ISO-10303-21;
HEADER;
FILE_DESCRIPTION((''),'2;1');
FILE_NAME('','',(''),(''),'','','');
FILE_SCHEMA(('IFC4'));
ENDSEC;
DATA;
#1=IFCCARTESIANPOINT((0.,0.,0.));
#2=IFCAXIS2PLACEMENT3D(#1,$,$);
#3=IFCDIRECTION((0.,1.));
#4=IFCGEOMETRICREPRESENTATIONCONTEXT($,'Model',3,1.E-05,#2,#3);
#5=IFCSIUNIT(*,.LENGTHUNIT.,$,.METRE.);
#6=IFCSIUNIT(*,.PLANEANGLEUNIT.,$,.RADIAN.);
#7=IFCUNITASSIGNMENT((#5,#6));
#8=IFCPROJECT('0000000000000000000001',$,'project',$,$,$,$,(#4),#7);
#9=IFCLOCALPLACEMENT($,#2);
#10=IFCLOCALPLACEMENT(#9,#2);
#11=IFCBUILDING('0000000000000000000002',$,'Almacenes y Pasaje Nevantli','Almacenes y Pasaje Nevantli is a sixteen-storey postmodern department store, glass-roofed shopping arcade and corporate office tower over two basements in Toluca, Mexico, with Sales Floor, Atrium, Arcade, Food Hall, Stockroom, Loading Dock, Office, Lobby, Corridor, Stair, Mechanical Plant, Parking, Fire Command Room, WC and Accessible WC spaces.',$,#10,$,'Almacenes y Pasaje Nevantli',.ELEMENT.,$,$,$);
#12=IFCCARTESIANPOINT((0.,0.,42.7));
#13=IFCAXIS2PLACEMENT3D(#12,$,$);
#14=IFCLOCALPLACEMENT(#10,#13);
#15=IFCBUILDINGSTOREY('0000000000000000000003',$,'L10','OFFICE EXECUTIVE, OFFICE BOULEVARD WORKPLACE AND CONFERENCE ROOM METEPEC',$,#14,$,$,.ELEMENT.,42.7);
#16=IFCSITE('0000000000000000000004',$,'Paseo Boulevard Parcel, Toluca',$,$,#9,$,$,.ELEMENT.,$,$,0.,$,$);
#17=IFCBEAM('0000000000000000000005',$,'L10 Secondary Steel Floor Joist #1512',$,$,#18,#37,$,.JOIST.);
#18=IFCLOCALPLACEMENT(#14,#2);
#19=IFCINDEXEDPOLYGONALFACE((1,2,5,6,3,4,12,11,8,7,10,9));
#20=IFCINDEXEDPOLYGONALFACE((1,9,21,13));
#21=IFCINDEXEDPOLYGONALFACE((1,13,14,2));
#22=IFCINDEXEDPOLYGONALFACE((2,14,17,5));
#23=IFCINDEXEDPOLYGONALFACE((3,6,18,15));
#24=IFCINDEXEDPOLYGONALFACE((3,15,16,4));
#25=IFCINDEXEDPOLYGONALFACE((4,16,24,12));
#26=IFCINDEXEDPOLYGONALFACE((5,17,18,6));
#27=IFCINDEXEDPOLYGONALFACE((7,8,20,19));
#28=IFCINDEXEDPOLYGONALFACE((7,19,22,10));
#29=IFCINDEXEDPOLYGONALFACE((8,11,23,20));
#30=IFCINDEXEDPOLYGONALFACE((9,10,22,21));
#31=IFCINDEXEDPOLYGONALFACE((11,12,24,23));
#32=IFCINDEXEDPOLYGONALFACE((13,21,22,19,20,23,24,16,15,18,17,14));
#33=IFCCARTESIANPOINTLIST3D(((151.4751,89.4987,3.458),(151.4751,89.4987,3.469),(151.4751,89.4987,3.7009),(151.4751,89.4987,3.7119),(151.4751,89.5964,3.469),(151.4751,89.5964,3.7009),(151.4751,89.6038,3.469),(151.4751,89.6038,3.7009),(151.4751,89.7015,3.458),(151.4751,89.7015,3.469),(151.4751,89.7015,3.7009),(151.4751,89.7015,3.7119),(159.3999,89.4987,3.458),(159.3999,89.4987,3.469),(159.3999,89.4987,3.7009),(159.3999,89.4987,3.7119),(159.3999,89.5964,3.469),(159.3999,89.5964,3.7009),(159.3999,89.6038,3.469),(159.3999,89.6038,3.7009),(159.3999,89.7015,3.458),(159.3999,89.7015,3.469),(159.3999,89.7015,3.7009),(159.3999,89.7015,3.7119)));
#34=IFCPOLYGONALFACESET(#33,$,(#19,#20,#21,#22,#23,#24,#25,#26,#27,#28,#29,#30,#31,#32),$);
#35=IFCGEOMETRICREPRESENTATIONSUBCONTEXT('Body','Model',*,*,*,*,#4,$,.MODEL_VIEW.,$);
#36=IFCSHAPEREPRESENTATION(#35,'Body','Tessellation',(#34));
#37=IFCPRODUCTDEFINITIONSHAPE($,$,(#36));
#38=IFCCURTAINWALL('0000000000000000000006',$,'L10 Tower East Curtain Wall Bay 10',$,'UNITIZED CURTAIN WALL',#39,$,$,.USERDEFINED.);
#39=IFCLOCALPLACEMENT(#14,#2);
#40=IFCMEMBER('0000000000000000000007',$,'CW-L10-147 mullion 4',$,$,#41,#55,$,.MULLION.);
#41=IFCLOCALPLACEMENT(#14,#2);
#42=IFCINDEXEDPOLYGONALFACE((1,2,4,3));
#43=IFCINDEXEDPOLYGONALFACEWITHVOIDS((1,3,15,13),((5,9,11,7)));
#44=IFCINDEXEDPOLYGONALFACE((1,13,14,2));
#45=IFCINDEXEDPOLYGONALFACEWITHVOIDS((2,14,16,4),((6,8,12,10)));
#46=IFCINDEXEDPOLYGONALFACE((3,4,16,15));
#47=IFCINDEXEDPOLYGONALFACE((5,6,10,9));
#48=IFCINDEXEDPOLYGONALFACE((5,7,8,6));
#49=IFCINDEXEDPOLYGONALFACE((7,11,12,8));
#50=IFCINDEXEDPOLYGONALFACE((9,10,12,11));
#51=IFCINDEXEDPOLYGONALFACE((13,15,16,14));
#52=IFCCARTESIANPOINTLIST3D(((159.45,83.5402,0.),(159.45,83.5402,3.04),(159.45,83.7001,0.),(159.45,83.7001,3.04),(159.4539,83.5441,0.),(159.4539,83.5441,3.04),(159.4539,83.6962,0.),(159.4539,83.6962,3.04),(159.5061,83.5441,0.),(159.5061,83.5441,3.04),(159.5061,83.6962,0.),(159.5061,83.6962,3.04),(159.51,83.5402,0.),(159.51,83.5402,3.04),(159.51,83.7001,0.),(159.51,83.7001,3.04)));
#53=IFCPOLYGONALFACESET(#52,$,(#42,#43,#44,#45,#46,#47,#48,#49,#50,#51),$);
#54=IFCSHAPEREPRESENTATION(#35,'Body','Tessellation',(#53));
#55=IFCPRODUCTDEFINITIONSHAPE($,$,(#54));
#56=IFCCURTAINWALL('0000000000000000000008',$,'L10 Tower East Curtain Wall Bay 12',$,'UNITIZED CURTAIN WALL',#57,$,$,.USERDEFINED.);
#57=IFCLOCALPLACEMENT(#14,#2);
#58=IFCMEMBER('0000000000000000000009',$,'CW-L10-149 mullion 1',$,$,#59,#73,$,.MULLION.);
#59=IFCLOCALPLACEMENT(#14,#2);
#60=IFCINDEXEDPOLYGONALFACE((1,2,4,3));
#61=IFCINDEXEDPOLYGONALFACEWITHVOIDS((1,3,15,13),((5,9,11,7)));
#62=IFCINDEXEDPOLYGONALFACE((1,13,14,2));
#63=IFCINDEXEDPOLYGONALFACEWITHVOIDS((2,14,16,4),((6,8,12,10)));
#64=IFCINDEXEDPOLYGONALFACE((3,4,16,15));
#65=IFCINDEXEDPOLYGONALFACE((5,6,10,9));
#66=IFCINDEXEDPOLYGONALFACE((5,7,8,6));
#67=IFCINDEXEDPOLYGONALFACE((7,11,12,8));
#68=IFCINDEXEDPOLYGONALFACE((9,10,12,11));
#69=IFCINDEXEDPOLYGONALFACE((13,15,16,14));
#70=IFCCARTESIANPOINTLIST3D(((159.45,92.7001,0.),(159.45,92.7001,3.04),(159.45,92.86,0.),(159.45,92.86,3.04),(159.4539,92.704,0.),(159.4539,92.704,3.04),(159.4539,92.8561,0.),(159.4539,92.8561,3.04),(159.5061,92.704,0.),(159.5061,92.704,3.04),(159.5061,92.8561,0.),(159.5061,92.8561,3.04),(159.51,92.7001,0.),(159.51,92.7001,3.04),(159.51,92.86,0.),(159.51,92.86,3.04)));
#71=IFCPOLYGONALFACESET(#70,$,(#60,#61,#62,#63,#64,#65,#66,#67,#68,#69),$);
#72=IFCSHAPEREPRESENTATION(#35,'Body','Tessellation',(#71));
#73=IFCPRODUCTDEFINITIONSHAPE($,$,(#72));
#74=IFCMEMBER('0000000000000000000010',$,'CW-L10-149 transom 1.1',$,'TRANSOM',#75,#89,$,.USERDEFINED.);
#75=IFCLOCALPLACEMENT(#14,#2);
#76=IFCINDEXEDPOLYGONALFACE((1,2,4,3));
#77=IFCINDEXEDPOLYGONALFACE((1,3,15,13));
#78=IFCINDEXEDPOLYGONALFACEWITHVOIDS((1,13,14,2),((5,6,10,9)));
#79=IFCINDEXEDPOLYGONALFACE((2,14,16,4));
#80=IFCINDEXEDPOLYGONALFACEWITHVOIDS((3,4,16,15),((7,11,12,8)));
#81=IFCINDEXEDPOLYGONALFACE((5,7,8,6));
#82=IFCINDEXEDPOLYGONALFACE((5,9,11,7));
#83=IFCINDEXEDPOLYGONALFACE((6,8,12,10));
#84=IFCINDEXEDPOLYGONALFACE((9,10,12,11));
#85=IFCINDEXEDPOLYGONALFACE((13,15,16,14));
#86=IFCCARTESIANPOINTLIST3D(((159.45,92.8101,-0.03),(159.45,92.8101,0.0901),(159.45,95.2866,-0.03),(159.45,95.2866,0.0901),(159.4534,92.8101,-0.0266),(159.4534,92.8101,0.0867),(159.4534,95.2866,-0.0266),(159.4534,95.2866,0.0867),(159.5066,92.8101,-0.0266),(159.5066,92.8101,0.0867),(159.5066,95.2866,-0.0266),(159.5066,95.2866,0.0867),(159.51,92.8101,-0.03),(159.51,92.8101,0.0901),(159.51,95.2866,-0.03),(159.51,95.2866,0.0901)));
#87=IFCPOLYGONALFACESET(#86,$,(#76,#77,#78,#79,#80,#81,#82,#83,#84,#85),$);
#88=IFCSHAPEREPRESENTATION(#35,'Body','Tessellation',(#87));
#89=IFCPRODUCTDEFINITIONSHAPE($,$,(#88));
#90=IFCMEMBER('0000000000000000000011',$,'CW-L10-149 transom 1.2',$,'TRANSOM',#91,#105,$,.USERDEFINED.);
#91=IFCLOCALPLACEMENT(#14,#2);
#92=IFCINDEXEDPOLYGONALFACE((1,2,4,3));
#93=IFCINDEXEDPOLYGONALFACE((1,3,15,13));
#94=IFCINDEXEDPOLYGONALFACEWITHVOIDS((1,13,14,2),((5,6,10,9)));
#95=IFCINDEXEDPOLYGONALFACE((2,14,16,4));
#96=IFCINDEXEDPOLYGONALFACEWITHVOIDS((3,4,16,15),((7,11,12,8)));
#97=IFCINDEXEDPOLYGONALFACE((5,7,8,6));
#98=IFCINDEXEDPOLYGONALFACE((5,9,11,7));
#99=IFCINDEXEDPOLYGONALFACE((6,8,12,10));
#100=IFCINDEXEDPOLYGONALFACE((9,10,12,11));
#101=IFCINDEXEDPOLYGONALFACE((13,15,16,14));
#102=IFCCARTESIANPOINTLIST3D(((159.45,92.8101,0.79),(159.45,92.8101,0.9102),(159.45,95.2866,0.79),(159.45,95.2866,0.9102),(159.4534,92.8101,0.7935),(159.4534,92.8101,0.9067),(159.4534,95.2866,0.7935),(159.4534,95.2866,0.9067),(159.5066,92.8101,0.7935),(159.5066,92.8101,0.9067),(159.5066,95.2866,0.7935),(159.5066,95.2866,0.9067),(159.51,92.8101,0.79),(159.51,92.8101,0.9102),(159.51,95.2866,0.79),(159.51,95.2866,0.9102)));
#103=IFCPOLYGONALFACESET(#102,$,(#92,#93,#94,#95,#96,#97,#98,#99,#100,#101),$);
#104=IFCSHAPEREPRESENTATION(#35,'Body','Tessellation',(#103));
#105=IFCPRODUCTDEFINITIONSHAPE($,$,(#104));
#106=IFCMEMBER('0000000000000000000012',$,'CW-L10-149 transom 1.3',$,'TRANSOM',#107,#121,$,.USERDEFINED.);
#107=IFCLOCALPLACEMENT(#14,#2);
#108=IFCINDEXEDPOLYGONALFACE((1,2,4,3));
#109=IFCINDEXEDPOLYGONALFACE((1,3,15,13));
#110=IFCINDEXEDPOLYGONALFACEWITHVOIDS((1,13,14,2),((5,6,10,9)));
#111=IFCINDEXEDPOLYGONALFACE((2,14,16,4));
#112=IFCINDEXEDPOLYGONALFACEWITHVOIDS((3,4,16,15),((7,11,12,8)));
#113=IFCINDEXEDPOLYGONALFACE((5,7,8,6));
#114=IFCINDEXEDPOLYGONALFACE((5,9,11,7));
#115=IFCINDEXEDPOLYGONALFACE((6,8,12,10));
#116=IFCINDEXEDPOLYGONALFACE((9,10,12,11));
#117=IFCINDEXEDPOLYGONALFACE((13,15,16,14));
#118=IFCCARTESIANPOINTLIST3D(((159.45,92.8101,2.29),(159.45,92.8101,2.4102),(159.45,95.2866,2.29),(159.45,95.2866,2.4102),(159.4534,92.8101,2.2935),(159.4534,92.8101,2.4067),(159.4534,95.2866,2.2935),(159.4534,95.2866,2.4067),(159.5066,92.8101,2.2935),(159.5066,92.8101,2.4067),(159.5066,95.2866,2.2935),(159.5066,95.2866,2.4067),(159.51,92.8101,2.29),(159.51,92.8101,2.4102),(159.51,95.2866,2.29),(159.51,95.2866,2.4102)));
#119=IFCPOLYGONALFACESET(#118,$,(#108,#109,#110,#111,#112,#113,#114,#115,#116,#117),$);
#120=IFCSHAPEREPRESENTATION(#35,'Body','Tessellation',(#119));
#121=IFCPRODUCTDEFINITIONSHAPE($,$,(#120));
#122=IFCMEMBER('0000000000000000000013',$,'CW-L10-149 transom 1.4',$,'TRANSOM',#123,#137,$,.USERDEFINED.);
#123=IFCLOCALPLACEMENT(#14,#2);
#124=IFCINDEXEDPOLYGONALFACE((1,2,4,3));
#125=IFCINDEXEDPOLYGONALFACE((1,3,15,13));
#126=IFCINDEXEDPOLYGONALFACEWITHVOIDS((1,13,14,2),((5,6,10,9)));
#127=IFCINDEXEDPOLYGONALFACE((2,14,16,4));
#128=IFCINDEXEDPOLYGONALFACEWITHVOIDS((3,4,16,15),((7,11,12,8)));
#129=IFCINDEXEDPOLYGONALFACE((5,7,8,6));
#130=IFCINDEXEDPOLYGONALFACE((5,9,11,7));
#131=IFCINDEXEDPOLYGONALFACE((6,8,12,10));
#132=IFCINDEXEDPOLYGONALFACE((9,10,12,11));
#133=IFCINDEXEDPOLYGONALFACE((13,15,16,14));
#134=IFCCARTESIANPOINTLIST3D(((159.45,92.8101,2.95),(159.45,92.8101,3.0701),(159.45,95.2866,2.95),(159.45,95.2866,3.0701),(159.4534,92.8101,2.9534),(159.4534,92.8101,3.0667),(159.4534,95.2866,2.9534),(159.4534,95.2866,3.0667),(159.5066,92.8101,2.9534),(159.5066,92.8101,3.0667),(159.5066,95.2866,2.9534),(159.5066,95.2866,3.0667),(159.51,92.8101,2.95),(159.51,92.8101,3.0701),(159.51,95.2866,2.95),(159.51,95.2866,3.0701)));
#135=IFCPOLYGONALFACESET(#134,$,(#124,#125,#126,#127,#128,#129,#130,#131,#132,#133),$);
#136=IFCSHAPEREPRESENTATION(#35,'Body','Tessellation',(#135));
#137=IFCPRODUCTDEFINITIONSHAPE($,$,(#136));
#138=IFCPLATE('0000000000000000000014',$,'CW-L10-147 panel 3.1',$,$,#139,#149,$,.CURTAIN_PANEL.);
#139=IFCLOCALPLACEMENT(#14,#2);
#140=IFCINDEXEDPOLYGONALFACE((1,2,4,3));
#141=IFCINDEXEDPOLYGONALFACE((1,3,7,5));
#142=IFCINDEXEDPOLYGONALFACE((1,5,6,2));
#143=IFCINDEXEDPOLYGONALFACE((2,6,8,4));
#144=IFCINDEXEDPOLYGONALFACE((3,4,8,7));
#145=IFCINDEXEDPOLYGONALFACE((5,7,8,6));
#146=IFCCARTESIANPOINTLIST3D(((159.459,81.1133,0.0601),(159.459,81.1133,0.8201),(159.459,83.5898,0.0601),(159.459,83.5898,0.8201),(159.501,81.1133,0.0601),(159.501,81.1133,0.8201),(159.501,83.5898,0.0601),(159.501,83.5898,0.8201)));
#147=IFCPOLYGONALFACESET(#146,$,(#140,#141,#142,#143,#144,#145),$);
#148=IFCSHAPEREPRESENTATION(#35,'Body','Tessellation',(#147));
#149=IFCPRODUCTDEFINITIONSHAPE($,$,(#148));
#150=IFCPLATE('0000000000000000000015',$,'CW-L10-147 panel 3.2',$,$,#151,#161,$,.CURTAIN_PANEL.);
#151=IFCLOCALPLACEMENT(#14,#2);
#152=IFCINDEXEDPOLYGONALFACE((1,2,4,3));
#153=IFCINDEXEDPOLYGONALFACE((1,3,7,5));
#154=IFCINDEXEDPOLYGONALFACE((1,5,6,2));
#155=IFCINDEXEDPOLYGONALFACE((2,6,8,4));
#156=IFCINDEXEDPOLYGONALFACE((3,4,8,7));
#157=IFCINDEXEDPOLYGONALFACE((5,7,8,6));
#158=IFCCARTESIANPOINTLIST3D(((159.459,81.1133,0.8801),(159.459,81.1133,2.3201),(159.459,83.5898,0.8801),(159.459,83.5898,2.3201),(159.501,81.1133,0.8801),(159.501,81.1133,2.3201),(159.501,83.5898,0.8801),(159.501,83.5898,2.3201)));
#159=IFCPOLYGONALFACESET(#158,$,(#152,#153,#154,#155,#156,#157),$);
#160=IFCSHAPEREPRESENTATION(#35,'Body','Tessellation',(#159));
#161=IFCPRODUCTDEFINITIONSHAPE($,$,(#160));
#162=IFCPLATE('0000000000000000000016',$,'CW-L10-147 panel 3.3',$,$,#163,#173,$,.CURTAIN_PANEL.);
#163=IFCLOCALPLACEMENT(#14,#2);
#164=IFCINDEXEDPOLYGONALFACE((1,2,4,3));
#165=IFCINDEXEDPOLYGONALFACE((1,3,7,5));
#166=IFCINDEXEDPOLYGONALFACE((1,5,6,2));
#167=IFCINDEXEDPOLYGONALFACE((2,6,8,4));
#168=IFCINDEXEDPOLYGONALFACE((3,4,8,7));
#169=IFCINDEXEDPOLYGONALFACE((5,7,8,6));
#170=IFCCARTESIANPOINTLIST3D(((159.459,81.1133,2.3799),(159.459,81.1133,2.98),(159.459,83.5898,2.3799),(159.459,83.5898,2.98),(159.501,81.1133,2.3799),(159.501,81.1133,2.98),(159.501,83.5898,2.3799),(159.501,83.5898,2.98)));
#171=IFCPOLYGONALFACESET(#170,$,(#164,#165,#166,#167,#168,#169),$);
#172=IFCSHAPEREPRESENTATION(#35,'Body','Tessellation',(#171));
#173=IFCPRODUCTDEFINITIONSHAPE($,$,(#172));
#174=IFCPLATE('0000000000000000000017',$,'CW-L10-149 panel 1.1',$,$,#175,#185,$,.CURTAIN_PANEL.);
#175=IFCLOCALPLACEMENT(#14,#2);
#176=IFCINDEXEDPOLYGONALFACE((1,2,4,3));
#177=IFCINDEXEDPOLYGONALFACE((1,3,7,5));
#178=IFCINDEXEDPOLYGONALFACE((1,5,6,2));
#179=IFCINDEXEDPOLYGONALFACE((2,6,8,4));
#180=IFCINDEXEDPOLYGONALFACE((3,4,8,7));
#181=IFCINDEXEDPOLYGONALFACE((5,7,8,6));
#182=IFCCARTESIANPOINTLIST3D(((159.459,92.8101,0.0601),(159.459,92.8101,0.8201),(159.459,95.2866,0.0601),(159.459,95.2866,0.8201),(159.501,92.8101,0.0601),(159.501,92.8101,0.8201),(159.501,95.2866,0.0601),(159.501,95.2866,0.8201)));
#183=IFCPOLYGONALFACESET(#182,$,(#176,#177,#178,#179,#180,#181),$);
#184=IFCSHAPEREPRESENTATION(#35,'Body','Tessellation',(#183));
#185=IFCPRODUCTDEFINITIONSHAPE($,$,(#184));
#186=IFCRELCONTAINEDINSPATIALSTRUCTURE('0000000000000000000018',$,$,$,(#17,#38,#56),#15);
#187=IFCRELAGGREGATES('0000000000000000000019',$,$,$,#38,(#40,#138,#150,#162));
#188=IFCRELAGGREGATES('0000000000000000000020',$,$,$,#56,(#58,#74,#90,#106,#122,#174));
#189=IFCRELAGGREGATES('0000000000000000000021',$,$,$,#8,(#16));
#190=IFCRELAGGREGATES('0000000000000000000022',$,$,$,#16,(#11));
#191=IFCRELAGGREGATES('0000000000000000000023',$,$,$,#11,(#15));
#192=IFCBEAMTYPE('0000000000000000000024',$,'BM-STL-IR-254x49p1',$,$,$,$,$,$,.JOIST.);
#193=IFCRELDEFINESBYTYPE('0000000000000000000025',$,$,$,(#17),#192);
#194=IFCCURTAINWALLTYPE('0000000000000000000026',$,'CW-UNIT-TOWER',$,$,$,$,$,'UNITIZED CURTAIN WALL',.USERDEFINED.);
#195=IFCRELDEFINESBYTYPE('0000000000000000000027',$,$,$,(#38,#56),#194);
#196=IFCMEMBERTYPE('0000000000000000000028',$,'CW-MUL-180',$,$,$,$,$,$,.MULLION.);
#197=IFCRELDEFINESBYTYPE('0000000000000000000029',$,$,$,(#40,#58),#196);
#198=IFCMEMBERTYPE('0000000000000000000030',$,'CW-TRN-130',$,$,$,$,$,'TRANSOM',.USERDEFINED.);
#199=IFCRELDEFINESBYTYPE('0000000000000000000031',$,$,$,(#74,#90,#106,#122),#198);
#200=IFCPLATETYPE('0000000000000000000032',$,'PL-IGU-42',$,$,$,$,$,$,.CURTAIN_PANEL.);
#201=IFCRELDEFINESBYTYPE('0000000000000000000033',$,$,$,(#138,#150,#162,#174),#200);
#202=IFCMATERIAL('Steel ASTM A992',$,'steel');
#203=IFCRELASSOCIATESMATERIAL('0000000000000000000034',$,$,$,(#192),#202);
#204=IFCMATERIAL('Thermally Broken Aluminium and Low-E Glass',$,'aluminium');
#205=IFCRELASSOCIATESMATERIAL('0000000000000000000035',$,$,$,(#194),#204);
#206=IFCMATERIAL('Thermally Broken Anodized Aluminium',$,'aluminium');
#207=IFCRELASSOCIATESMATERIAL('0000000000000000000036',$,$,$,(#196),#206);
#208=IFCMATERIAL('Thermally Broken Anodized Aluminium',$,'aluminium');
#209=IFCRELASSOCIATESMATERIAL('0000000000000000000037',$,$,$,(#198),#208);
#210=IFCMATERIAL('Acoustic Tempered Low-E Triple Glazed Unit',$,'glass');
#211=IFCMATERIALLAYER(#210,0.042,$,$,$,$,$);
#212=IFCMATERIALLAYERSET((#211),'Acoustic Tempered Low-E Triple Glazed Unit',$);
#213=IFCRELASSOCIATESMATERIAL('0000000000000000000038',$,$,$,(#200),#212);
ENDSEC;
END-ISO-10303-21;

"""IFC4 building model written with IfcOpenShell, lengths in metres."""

from ifc_helpers import new_model, si_unit, direction, frame, origin, origin_2d, place, context, subcontext, project, spatial, rectangle, hollow_rectangle, i_section, extrude, material, layer, layer_set, material_profile, profile_set, type_object, element, aggregate, save


model = new_model("IFC4")

# Units and contexts
model_context = context("Model", 3, precision=1e-05, world=origin(), true_north=direction((0.0, 1.0)))
body_context = subcontext(model_context, "Body", "Model", "MODEL_VIEW")
ifc_project = project(units=[si_unit("LENGTHUNIT", "METRE"), si_unit("PLANEANGLEUNIT", "RADIAN")], contexts=[model_context])

# Site, building, storey
site_placement = place(None, origin())
site = spatial("IfcSite", under=ifc_project, at=site_placement, Name="Paseo Boulevard Parcel, Toluca", CompositionType="ELEMENT", RefElevation=0.0)
building_placement = place(site_placement, origin())
building = spatial("IfcBuilding", under=site, at=building_placement, Name="Almacenes y Pasaje Nevantli", Description="Almacenes y Pasaje Nevantli is a sixteen-storey postmodern department store, glass-roofed shopping arcade and corporate office tower over two basements in Toluca, Mexico, with Sales Floor, Atrium, Arcade, Food Hall, Stockroom, Loading Dock, Office, Lobby, Corridor, Stair, Mechanical Plant, Parking, Fire Command Room, WC and Accessible WC spaces.", LongName="Almacenes y Pasaje Nevantli", CompositionType="ELEMENT")
storey_placement = place(building_placement, frame((0.0, 0.0, 42.7)))
storey = spatial("IfcBuildingStorey", under=building, at=storey_placement, Name="L10", Description="OFFICE EXECUTIVE, OFFICE BOULEVARD WORKPLACE AND CONFERENCE ROOM METEPEC", CompositionType="ELEMENT", Elevation=42.7)

# Beam
ifc_material_1 = material(Name="Steel ASTM A992", Category="steel")
ifc_material_profile_1 = material_profile(ifc_material_1, i_section(OverallWidth=0.2029, OverallDepth=0.2539, WebThickness=0.0073, FlangeThickness=0.011, at=origin_2d()), Name="IR 254x49.1")
ifc_profile_set_1 = profile_set([ifc_material_profile_1], Name="Steel ASTM A992")
beam_type_1 = type_object("IfcBeamType", Name="BM-STL-IR-254x49p1", PredefinedType="JOIST", material=ifc_profile_set_1)
for number, where, z_axis, x_axis, name in (
    (1, (151.4751, 89.6001, 3.585), (1.0, 0.0, 0.0), (0.0, 1.0, 0.0), "L10 Secondary Steel Floor Joist #1512"),
):
    element("IfcBeam", number, at=place(storey_placement, frame(where, z_axis=z_axis, x_axis=x_axis)), inside=storey, type_object=beam_type_1, Name=name, PredefinedType="JOIST", context=body_context, shape_type="SweptSolid", body=[
        extrude(i_section(OverallWidth=0.2029, OverallDepth=0.2539, WebThickness=0.0073, FlangeThickness=0.011, at=origin_2d()), origin(), (0.0, 0.0, 1.0), 7.9248),
    ])

# Curtain wall, member
ifc_material_2 = material(Name="Thermally Broken Aluminium and Low-E Glass", Category="aluminium")
curtain_wall_type = type_object("IfcCurtainWallType", Name="CW-UNIT-TOWER", ElementType="UNITIZED CURTAIN WALL", PredefinedType="USERDEFINED", material=ifc_material_2)
curtain_wall_1_placement = place(storey_placement, origin())
curtain_wall_1 = element("IfcCurtainWall", 2, at=curtain_wall_1_placement, inside=storey, type_object=curtain_wall_type, Name="L10 Tower East Curtain Wall Bay 10", ObjectType="UNITIZED CURTAIN WALL", PredefinedType="USERDEFINED")
ifc_material_3 = material(Name="Thermally Broken Anodized Aluminium", Category="aluminium")
ifc_material_profile_2 = material_profile(ifc_material_3, hollow_rectangle(XDim=0.0601, YDim=0.1599, WallThickness=0.0039, at=origin_2d()), Name="ALU-MUL-60x160")
ifc_profile_set_2 = profile_set([ifc_material_profile_2], Name="Thermally Broken Anodized Aluminium")
member_type_1 = type_object("IfcMemberType", Name="CW-MUL-180", PredefinedType="MULLION", material=ifc_profile_set_2)
member_1_placement = place(storey_placement, frame((159.48, 83.6201, 0.0), z_axis=(0.0, 0.0, 1.0), x_axis=(-1.0, 0.0, 0.0)))
member_1 = element("IfcMember", 3, at=member_1_placement, type_object=member_type_1, Name="CW-L10-147 mullion 4", PredefinedType="MULLION", context=body_context, shape_type="SweptSolid", body=[
    extrude(hollow_rectangle(XDim=0.0601, YDim=0.1599, WallThickness=0.0039, at=origin_2d()), origin(), (0.0, 0.0, 1.0), 3.04),
])

# Curtain wall, members
curtain_wall_2_placement = place(storey_placement, origin())
curtain_wall_2 = element("IfcCurtainWall", 4, at=curtain_wall_2_placement, inside=storey, type_object=curtain_wall_type, Name="L10 Tower East Curtain Wall Bay 12", ObjectType="UNITIZED CURTAIN WALL", PredefinedType="USERDEFINED")
member_2_placement = place(storey_placement, frame((159.48, 92.78, 0.0), z_axis=(0.0, 0.0, 1.0), x_axis=(-1.0, 0.0, 0.0)))
member_2 = element("IfcMember", 5, at=member_2_placement, type_object=member_type_1, Name="CW-L10-149 mullion 1", PredefinedType="MULLION", context=body_context, shape_type="SweptSolid", body=[
    extrude(hollow_rectangle(XDim=0.0601, YDim=0.1599, WallThickness=0.0039, at=origin_2d()), origin(), (0.0, 0.0, 1.0), 3.04),
])
ifc_material_4 = material(Name="Thermally Broken Anodized Aluminium", Category="aluminium")
ifc_material_profile_3 = material_profile(ifc_material_4, hollow_rectangle(XDim=0.0601, YDim=0.1201, WallThickness=0.0034, at=origin_2d()), Name="ALU-TRN-60x120")
ifc_profile_set_3 = profile_set([ifc_material_profile_3], Name="Thermally Broken Anodized Aluminium")
member_type_2 = type_object("IfcMemberType", Name="CW-TRN-130", ElementType="TRANSOM", PredefinedType="USERDEFINED", material=ifc_profile_set_3)
member_3_placement = place(storey_placement, frame((159.48, 92.8101, 0.03), z_axis=(0.0, 1.0, 0.0), x_axis=(-1.0, 0.0, 0.0)))
member_3 = element("IfcMember", 6, at=member_3_placement, type_object=member_type_2, Name="CW-L10-149 transom 1.1", ObjectType="TRANSOM", PredefinedType="USERDEFINED", context=body_context, shape_type="SweptSolid", body=[
    extrude(hollow_rectangle(XDim=0.0601, YDim=0.1201, WallThickness=0.0034, at=origin_2d()), origin(), (0.0, 0.0, 1.0), 2.4766),
])
member_4_placement = place(storey_placement, frame((159.48, 92.8101, 0.8501), z_axis=(0.0, 1.0, 0.0), x_axis=(-1.0, 0.0, 0.0)))
member_4 = element("IfcMember", 7, at=member_4_placement, type_object=member_type_2, Name="CW-L10-149 transom 1.2", ObjectType="TRANSOM", PredefinedType="USERDEFINED", context=body_context, shape_type="SweptSolid", body=[
    extrude(hollow_rectangle(XDim=0.0601, YDim=0.1201, WallThickness=0.0034, at=origin_2d()), origin(), (0.0, 0.0, 1.0), 2.4766),
])
member_5_placement = place(storey_placement, frame((159.48, 92.8101, 2.3501), z_axis=(0.0, 1.0, 0.0), x_axis=(-1.0, 0.0, 0.0)))
member_5 = element("IfcMember", 8, at=member_5_placement, type_object=member_type_2, Name="CW-L10-149 transom 1.3", ObjectType="TRANSOM", PredefinedType="USERDEFINED", context=body_context, shape_type="SweptSolid", body=[
    extrude(hollow_rectangle(XDim=0.0601, YDim=0.1201, WallThickness=0.0034, at=origin_2d()), origin(), (0.0, 0.0, 1.0), 2.4766),
])
member_6_placement = place(storey_placement, frame((159.48, 92.8101, 3.01), z_axis=(0.0, 1.0, 0.0), x_axis=(-1.0, 0.0, 0.0)))
member_6 = element("IfcMember", 9, at=member_6_placement, type_object=member_type_2, Name="CW-L10-149 transom 1.4", ObjectType="TRANSOM", PredefinedType="USERDEFINED", context=body_context, shape_type="SweptSolid", body=[
    extrude(hollow_rectangle(XDim=0.0601, YDim=0.1201, WallThickness=0.0034, at=origin_2d()), origin(), (0.0, 0.0, 1.0), 2.4766),
])

# Plates
ifc_material_5 = material(Name="Acoustic Tempered Low-E Triple Glazed Unit", Category="glass")
ifc_layer_1 = layer(ifc_material_5, 0.042)
ifc_layer_set_1 = layer_set([ifc_layer_1], Name="Acoustic Tempered Low-E Triple Glazed Unit")
plate_type = type_object("IfcPlateType", Name="PL-IGU-42", PredefinedType="CURTAIN_PANEL", material=ifc_layer_set_1)
plate_1_placement = place(storey_placement, frame((159.48, 82.3516, 0.0601), z_axis=(0.0, 0.0, 1.0), x_axis=(0.0, 1.0, 0.0)))
plate_1 = element("IfcPlate", 10, at=plate_1_placement, type_object=plate_type, Name="CW-L10-147 panel 3.1", PredefinedType="CURTAIN_PANEL", context=body_context, shape_type="SweptSolid", body=[
    extrude(rectangle(XDim=2.4766, YDim=0.042, at=origin_2d()), origin(), (0.0, 0.0, 1.0), 0.76),
])
plate_2_placement = place(storey_placement, frame((159.48, 82.3516, 0.8801), z_axis=(0.0, 0.0, 1.0), x_axis=(0.0, 1.0, 0.0)))
plate_2 = element("IfcPlate", 11, at=plate_2_placement, type_object=plate_type, Name="CW-L10-147 panel 3.2", PredefinedType="CURTAIN_PANEL", context=body_context, shape_type="SweptSolid", body=[
    extrude(rectangle(XDim=2.4766, YDim=0.042, at=origin_2d()), origin(), (0.0, 0.0, 1.0), 1.4399),
])
plate_3_placement = place(storey_placement, frame((159.48, 82.3516, 2.3799), z_axis=(0.0, 0.0, 1.0), x_axis=(0.0, 1.0, 0.0)))
plate_3 = element("IfcPlate", 12, at=plate_3_placement, type_object=plate_type, Name="CW-L10-147 panel 3.3", PredefinedType="CURTAIN_PANEL", context=body_context, shape_type="SweptSolid", body=[
    extrude(rectangle(XDim=2.4766, YDim=0.042, at=origin_2d()), origin(), (0.0, 0.0, 1.0), 0.6001),
])
aggregate(curtain_wall_1, [member_1, plate_1, plate_2, plate_3])
plate_4_placement = place(storey_placement, frame((159.48, 94.0483, 0.0601), z_axis=(0.0, 0.0, 1.0), x_axis=(0.0, 1.0, 0.0)))
plate_4 = element("IfcPlate", 13, at=plate_4_placement, type_object=plate_type, Name="CW-L10-149 panel 1.1", PredefinedType="CURTAIN_PANEL", context=body_context, shape_type="SweptSolid", body=[
    extrude(rectangle(XDim=2.4766, YDim=0.042, at=origin_2d()), origin(), (0.0, 0.0, 1.0), 0.76),
])
aggregate(curtain_wall_2, [member_2, member_3, member_4, member_5, member_6, plate_4])

save(model, "model.ifc")
